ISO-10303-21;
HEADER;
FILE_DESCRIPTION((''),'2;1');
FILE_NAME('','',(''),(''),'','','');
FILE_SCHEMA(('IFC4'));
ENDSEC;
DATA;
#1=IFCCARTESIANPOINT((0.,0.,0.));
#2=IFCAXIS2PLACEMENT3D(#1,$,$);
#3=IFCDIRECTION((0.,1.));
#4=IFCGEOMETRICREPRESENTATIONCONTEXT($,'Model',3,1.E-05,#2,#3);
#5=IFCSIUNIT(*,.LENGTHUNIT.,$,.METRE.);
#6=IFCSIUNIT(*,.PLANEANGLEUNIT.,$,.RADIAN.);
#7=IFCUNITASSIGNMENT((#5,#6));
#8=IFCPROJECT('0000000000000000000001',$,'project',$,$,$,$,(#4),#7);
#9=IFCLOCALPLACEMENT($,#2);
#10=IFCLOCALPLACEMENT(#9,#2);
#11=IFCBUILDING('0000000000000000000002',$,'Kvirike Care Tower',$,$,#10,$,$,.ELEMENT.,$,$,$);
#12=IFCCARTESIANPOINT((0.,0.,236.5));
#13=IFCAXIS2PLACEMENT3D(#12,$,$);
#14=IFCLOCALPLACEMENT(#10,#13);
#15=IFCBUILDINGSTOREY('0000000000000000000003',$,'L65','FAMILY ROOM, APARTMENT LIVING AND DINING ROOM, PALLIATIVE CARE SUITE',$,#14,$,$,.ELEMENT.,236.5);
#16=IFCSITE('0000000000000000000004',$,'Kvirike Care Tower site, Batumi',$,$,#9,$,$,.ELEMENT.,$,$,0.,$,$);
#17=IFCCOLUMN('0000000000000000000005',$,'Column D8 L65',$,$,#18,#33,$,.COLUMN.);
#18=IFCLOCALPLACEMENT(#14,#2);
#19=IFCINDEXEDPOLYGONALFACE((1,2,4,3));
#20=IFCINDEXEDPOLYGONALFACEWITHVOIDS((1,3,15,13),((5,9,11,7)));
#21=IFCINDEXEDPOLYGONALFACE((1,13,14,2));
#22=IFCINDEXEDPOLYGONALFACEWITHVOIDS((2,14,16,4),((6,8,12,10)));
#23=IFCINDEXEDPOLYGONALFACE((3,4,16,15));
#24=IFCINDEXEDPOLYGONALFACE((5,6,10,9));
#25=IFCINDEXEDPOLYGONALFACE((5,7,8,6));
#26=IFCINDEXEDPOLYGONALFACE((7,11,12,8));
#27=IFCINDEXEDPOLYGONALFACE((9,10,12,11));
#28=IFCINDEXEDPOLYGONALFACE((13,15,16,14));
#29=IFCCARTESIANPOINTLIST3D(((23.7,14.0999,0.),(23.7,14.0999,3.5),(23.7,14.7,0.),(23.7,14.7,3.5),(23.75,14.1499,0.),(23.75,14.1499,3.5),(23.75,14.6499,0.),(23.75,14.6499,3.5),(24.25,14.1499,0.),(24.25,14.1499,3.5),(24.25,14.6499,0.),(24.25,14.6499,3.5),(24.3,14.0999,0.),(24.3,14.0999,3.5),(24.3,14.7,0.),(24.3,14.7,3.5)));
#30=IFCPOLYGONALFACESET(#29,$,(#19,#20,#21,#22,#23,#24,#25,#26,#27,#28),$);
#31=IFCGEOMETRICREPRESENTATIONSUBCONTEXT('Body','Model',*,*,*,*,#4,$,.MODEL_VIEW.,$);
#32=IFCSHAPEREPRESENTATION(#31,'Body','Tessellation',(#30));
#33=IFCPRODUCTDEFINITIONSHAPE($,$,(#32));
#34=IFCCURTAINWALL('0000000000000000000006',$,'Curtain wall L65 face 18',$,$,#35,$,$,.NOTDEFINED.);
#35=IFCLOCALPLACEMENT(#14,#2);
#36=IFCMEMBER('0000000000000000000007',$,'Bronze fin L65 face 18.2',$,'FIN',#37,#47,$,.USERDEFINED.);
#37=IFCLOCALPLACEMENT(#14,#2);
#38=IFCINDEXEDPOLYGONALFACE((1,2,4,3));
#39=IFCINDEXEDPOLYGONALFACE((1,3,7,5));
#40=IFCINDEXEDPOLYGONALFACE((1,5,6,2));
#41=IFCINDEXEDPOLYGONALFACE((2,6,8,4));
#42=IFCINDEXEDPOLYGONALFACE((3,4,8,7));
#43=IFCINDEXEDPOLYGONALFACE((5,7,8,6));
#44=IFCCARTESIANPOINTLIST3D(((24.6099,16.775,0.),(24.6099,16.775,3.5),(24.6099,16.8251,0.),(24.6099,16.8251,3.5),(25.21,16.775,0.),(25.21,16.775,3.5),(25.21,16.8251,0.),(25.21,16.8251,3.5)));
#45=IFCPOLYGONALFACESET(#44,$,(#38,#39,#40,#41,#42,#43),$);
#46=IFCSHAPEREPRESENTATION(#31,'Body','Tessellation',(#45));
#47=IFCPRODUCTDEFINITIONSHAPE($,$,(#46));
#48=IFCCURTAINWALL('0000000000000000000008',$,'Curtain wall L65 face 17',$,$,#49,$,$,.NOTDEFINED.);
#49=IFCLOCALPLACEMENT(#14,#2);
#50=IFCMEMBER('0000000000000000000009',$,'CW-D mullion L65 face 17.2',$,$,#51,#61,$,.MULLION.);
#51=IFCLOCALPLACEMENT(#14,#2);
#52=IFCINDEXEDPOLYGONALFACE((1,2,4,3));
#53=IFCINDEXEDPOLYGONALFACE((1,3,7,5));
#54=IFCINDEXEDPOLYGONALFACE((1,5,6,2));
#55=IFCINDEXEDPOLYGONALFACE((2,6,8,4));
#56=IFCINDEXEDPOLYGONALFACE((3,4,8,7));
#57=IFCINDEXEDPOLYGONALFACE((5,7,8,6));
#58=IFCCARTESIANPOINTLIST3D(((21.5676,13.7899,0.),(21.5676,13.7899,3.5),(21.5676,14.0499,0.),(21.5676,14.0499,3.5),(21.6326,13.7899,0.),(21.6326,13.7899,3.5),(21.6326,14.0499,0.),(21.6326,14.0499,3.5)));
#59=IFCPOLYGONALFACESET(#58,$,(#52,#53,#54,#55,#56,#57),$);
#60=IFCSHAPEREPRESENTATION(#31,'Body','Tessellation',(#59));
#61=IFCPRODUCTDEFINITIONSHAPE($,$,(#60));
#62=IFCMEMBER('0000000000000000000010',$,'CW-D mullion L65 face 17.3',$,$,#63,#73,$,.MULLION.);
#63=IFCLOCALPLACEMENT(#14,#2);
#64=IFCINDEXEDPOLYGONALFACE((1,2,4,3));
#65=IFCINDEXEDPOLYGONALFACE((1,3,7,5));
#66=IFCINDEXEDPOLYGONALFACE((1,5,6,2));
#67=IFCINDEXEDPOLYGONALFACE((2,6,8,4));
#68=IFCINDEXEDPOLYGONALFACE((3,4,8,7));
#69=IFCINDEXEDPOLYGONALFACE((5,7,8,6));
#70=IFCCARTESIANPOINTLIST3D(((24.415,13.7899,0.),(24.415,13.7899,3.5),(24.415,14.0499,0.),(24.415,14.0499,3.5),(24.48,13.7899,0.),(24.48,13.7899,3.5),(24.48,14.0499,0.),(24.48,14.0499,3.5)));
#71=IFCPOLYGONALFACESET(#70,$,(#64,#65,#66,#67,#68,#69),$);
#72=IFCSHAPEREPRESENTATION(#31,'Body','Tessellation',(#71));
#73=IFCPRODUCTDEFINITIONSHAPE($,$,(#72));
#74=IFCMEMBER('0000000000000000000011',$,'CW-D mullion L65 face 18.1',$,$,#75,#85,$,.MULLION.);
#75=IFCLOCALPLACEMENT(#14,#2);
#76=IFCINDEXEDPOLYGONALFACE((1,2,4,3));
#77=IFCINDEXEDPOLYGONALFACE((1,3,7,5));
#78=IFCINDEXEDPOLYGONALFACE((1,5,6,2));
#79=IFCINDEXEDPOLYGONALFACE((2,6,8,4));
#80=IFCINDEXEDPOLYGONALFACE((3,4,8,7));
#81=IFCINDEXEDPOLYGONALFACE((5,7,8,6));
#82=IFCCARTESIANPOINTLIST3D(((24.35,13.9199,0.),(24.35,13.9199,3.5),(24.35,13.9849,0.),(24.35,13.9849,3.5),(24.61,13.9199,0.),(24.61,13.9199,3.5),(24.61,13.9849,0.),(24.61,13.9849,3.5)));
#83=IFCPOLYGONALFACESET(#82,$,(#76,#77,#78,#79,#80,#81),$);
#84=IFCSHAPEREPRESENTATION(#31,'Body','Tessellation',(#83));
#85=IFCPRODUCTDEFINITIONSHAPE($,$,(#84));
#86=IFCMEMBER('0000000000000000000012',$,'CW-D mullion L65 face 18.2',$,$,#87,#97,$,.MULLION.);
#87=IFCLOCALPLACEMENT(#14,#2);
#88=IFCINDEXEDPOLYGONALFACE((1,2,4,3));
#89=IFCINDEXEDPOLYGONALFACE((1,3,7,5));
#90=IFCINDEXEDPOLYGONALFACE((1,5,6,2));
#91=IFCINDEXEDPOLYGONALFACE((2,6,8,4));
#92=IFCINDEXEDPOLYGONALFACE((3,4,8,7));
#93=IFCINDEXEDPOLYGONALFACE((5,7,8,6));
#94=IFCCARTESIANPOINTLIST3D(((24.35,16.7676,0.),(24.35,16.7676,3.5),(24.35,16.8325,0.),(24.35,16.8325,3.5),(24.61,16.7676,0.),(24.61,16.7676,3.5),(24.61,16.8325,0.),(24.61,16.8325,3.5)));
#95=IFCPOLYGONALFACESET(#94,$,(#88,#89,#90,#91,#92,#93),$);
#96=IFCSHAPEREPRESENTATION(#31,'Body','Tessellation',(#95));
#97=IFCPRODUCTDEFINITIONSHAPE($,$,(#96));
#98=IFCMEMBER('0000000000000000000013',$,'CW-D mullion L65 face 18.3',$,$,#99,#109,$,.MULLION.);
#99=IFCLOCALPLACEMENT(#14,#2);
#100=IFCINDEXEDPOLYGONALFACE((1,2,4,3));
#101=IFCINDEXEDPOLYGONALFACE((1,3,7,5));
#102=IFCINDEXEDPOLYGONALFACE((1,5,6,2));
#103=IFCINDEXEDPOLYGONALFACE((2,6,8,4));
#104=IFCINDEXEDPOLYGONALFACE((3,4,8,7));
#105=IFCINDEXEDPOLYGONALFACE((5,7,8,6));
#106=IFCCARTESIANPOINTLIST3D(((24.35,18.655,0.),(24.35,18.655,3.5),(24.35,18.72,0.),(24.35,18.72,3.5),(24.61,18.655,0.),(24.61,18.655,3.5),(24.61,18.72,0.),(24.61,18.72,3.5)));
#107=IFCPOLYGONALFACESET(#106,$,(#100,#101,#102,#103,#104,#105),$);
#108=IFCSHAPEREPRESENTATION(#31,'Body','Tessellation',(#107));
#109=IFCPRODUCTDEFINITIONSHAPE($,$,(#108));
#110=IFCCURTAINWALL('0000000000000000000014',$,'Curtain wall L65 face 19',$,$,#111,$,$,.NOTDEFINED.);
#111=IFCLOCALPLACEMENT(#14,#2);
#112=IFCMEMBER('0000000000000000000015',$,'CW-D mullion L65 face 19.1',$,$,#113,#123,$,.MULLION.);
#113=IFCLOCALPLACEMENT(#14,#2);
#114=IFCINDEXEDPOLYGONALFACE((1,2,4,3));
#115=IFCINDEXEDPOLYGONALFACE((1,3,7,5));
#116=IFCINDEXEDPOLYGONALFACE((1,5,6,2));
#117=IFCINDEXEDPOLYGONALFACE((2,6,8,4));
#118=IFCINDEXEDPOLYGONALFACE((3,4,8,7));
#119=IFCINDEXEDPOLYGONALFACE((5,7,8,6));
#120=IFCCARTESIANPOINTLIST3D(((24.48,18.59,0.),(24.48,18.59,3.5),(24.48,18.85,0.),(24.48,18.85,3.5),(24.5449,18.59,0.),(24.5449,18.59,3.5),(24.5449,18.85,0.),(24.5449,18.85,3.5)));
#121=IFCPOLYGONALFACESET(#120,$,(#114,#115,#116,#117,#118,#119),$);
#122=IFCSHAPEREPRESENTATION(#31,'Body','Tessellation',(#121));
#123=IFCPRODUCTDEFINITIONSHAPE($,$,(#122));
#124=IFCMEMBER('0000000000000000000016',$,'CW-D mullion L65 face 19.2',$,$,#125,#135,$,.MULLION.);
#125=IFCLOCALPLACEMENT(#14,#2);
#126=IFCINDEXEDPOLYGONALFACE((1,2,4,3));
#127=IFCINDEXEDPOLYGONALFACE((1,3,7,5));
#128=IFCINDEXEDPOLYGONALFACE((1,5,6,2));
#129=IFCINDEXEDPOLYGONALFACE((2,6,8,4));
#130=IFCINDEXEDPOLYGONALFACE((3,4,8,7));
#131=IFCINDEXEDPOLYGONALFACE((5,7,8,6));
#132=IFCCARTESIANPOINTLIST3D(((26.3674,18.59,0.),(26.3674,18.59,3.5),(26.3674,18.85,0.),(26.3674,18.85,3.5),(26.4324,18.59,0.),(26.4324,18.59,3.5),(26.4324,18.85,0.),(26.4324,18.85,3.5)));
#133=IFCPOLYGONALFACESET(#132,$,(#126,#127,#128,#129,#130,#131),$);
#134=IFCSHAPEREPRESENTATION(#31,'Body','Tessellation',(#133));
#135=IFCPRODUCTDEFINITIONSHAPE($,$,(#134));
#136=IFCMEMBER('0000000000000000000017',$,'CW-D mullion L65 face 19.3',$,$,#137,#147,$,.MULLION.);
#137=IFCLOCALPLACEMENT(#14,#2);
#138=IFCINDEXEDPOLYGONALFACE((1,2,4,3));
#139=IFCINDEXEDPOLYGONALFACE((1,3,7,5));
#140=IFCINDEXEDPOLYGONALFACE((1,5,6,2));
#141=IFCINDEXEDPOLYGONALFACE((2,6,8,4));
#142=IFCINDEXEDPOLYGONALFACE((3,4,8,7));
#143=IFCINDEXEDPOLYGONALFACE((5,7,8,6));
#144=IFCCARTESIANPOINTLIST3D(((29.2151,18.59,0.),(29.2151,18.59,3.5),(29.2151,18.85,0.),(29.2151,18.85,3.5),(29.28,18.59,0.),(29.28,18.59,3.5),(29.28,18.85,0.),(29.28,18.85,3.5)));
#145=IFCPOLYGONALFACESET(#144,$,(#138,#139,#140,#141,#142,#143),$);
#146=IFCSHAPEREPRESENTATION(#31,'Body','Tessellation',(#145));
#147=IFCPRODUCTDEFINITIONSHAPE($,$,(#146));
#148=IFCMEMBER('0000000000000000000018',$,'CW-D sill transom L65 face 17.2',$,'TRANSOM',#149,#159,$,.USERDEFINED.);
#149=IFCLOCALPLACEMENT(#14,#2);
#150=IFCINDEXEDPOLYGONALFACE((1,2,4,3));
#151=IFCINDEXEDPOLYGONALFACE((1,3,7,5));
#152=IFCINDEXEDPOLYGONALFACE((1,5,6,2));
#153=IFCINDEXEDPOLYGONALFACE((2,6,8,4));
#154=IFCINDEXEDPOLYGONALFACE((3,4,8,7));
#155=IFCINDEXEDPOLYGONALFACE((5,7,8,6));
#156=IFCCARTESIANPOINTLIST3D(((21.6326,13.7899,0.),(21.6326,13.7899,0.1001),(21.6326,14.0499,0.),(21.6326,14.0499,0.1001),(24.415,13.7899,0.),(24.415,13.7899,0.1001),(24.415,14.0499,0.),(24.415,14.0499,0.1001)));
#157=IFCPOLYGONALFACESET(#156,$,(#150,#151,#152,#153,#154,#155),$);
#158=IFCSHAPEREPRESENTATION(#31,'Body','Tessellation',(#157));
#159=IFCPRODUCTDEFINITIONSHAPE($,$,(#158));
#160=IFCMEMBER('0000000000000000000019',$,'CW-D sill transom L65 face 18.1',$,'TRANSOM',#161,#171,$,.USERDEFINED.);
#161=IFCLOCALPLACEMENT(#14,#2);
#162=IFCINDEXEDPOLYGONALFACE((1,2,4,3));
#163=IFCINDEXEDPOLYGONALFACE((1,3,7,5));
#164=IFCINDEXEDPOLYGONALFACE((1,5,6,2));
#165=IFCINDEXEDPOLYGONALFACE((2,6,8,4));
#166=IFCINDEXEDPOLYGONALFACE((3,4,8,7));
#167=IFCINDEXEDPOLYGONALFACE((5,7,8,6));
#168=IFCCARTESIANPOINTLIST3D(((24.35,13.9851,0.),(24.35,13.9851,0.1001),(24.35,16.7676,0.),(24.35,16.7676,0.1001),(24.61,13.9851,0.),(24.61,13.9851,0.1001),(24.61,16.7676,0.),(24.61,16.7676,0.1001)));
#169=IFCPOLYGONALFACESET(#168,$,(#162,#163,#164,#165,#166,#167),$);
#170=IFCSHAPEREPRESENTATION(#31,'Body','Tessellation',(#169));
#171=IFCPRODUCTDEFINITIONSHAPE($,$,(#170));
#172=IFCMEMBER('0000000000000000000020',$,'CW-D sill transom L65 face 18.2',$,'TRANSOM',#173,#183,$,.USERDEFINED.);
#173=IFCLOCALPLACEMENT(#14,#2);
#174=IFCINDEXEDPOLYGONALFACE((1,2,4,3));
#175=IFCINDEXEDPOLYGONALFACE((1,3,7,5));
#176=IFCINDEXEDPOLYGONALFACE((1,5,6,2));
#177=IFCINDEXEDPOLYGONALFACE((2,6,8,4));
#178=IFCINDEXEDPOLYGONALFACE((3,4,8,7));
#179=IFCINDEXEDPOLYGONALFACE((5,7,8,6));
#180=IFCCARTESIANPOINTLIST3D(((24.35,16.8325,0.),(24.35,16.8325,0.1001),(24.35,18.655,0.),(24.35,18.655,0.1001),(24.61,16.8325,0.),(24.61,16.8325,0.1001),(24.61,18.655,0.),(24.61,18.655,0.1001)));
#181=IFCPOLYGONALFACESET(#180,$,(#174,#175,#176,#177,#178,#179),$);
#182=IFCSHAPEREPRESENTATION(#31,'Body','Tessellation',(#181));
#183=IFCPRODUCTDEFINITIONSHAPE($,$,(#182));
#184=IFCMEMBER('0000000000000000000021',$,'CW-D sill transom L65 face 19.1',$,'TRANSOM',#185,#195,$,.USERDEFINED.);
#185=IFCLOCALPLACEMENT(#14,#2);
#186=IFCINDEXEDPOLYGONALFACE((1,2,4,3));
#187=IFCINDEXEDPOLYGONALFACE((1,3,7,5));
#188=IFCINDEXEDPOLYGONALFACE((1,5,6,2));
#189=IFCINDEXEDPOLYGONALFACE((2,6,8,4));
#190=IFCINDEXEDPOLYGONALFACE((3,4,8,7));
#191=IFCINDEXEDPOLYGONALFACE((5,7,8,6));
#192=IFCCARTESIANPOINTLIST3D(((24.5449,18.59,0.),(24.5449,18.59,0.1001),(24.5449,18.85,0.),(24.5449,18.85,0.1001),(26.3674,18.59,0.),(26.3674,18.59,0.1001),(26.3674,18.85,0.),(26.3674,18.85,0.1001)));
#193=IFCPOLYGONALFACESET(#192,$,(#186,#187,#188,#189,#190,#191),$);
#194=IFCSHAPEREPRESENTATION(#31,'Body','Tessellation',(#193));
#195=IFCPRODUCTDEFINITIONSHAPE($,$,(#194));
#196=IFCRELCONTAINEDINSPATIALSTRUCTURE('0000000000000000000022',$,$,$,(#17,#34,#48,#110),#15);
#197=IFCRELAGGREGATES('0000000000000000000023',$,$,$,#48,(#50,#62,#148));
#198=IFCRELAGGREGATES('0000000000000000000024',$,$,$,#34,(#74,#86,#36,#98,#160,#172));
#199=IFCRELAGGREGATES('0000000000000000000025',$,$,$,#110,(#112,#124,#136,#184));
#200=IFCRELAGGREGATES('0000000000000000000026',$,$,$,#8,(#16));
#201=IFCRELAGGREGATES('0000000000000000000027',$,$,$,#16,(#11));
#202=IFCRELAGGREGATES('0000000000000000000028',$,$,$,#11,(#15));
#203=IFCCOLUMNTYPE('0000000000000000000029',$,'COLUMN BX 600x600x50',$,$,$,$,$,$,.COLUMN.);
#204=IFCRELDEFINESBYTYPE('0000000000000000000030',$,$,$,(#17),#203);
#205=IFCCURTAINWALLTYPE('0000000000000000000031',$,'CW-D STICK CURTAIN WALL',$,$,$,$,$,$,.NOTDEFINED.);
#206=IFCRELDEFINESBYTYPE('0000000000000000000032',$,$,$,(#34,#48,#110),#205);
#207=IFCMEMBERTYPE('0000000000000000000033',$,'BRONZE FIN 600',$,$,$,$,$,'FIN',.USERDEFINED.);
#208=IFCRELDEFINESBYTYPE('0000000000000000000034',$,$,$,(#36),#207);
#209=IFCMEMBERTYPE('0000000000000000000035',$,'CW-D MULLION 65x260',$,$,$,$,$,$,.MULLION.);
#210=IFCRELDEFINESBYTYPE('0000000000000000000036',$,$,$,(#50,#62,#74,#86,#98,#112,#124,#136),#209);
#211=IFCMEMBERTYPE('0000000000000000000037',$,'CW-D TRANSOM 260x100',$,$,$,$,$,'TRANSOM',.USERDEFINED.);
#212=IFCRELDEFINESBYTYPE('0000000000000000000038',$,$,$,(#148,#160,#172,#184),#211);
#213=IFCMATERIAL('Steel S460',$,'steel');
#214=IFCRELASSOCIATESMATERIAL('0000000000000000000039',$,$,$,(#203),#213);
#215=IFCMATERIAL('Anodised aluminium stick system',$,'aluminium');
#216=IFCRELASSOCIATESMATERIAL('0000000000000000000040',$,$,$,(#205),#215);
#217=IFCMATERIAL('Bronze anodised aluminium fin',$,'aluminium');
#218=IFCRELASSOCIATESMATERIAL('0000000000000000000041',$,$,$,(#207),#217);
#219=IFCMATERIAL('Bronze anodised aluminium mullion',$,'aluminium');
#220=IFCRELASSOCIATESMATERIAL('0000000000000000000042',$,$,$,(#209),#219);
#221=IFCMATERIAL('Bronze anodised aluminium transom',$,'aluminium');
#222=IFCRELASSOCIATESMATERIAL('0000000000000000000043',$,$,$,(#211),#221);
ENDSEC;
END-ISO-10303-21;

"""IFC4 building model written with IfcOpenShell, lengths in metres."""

from ifc_helpers import new_model, si_unit, direction, frame, origin, origin_2d, place, context, subcontext, project, spatial, rectangle, hollow_rectangle, extrude, material, material_profile, profile_set, type_object, element, aggregate, save


model = new_model("IFC4")

# Units and contexts
model_context = context("Model", 3, precision=1e-05, world=origin(), true_north=direction((0.0, 1.0)))
body_context = subcontext(model_context, "Body", "Model", "MODEL_VIEW")
ifc_project = project(units=[si_unit("LENGTHUNIT", "METRE"), si_unit("PLANEANGLEUNIT", "RADIAN")], contexts=[model_context])

# Site, building, storey
site_placement = place(None, origin())
site = spatial("IfcSite", under=ifc_project, at=site_placement, Name="Kvirike Care Tower site, Batumi", CompositionType="ELEMENT", RefElevation=0.0)
building_placement = place(site_placement, origin())
building = spatial("IfcBuilding", under=site, at=building_placement, Name="Kvirike Care Tower", CompositionType="ELEMENT")
storey_placement = place(building_placement, frame((0.0, 0.0, 236.5)))
storey = spatial("IfcBuildingStorey", under=building, at=storey_placement, Name="L65", Description="FAMILY ROOM, APARTMENT LIVING AND DINING ROOM, PALLIATIVE CARE SUITE", CompositionType="ELEMENT", Elevation=236.5)

# Column
ifc_material_1 = material(Name="Steel S460", Category="steel")
ifc_material_profile_1 = material_profile(ifc_material_1, hollow_rectangle(XDim=0.6001, YDim=0.6001, WallThickness=0.05, at=origin_2d()), Name="BX 600x600x50")
ifc_profile_set_1 = profile_set([ifc_material_profile_1], Name="Steel S460")
column_type = type_object("IfcColumnType", Name="COLUMN BX 600x600x50", PredefinedType="COLUMN", material=ifc_profile_set_1)
column_placement = place(storey_placement, frame((24.0, 14.3999, 0.0), z_axis=(0.0, 0.0, 1.0), x_axis=(0.0, 1.0, 0.0)))
element("IfcColumn", 1, at=column_placement, inside=storey, type_object=column_type, Name="Column D8 L65", PredefinedType="COLUMN", context=body_context, shape_type="SweptSolid", body=[
    extrude(hollow_rectangle(XDim=0.6001, YDim=0.6001, WallThickness=0.05, at=origin_2d()), origin(), (0.0, 0.0, 1.0), 3.5),
])

# Curtain wall, member
ifc_material_2 = material(Name="Anodised aluminium stick system", Category="aluminium")
curtain_wall_type = type_object("IfcCurtainWallType", Name="CW-D STICK CURTAIN WALL", PredefinedType="NOTDEFINED", material=ifc_material_2)
curtain_wall_1_placement = place(storey_placement, origin())
curtain_wall_1 = element("IfcCurtainWall", 2, at=curtain_wall_1_placement, inside=storey, type_object=curtain_wall_type, Name="Curtain wall L65 face 18", PredefinedType="NOTDEFINED")
ifc_material_3 = material(Name="Bronze anodised aluminium fin", Category="aluminium")
ifc_material_profile_2 = material_profile(ifc_material_3, rectangle(XDim=0.05, YDim=0.6001, at=origin_2d()), Name="BRONZE FIN 600")
ifc_profile_set_2 = profile_set([ifc_material_profile_2], Name="Bronze anodised aluminium fin")
member_type_1 = type_object("IfcMemberType", Name="BRONZE FIN 600", ElementType="FIN", PredefinedType="USERDEFINED", material=ifc_profile_set_2)
member_1_placement = place(storey_placement, frame((24.9099, 16.8, 0.0), z_axis=(0.0, 0.0, 1.0), x_axis=(0.0, 1.0, 0.0)))
member_1 = element("IfcMember", 3, at=member_1_placement, type_object=member_type_1, Name="Bronze fin L65 face 18.2", ObjectType="FIN", PredefinedType="USERDEFINED", context=body_context, shape_type="SweptSolid", body=[
    extrude(rectangle(XDim=0.05, YDim=0.6001, at=origin_2d()), origin(), (0.0, 0.0, 1.0), 3.5),
])

# Curtain wall, members
curtain_wall_2_placement = place(storey_placement, origin())
curtain_wall_2 = element("IfcCurtainWall", 4, at=curtain_wall_2_placement, inside=storey, type_object=curtain_wall_type, Name="Curtain wall L65 face 17", PredefinedType="NOTDEFINED")
ifc_material_4 = material(Name="Bronze anodised aluminium mullion", Category="aluminium")
ifc_material_profile_3 = material_profile(ifc_material_4, rectangle(XDim=0.0649, YDim=0.26, at=origin_2d()), Name="CW-D MULLION 65x260")
ifc_profile_set_3 = profile_set([ifc_material_profile_3], Name="Bronze anodised aluminium mullion")
member_type_2 = type_object("IfcMemberType", Name="CW-D MULLION 65x260", PredefinedType="MULLION", material=ifc_profile_set_3)
member_2_placement = place(storey_placement, frame((21.6001, 13.9199, 0.0), z_axis=(0.0, 0.0, 1.0), x_axis=(1.0, 0.0, 0.0)))
member_2 = element("IfcMember", 5, at=member_2_placement, type_object=member_type_2, Name="CW-D mullion L65 face 17.2", PredefinedType="MULLION", context=body_context, shape_type="SweptSolid", body=[
    extrude(rectangle(XDim=0.0649, YDim=0.26, at=origin_2d()), origin(), (0.0, 0.0, 1.0), 3.5),
])
member_3_placement = place(storey_placement, frame((24.4475, 13.9199, 0.0), z_axis=(0.0, 0.0, 1.0), x_axis=(1.0, 0.0, 0.0)))
member_3 = element("IfcMember", 6, at=member_3_placement, type_object=member_type_2, Name="CW-D mullion L65 face 17.3", PredefinedType="MULLION", context=body_context, shape_type="SweptSolid", body=[
    extrude(rectangle(XDim=0.0649, YDim=0.26, at=origin_2d()), origin(), (0.0, 0.0, 1.0), 3.5),
])

# Members
member_4_placement = place(storey_placement, frame((24.48, 13.9524, 0.0), z_axis=(0.0, 0.0, 1.0), x_axis=(0.0, 1.0, 0.0)))
member_4 = element("IfcMember", 7, at=member_4_placement, type_object=member_type_2, Name="CW-D mullion L65 face 18.1", PredefinedType="MULLION", context=body_context, shape_type="SweptSolid", body=[
    extrude(rectangle(XDim=0.0649, YDim=0.26, at=origin_2d()), origin(), (0.0, 0.0, 1.0), 3.5),
])
member_5_placement = place(storey_placement, frame((24.48, 16.8, 0.0), z_axis=(0.0, 0.0, 1.0), x_axis=(0.0, 1.0, 0.0)))
member_5 = element("IfcMember", 8, at=member_5_placement, type_object=member_type_2, Name="CW-D mullion L65 face 18.2", PredefinedType="MULLION", context=body_context, shape_type="SweptSolid", body=[
    extrude(rectangle(XDim=0.0649, YDim=0.26, at=origin_2d()), origin(), (0.0, 0.0, 1.0), 3.5),
])
member_6_placement = place(storey_placement, frame((24.48, 18.6875, 0.0), z_axis=(0.0, 0.0, 1.0), x_axis=(0.0, 1.0, 0.0)))
member_6 = element("IfcMember", 9, at=member_6_placement, type_object=member_type_2, Name="CW-D mullion L65 face 18.3", PredefinedType="MULLION", context=body_context, shape_type="SweptSolid", body=[
    extrude(rectangle(XDim=0.0649, YDim=0.26, at=origin_2d()), origin(), (0.0, 0.0, 1.0), 3.5),
])

# Curtain wall, members
curtain_wall_3_placement = place(storey_placement, origin())
curtain_wall_3 = element("IfcCurtainWall", 10, at=curtain_wall_3_placement, inside=storey, type_object=curtain_wall_type, Name="Curtain wall L65 face 19", PredefinedType="NOTDEFINED")
member_7_placement = place(storey_placement, frame((24.5125, 18.72, 0.0), z_axis=(0.0, 0.0, 1.0), x_axis=(1.0, 0.0, 0.0)))
member_7 = element("IfcMember", 11, at=member_7_placement, type_object=member_type_2, Name="CW-D mullion L65 face 19.1", PredefinedType="MULLION", context=body_context, shape_type="SweptSolid", body=[
    extrude(rectangle(XDim=0.0649, YDim=0.26, at=origin_2d()), origin(), (0.0, 0.0, 1.0), 3.5),
])
member_8_placement = place(storey_placement, frame((26.3999, 18.72, 0.0), z_axis=(0.0, 0.0, 1.0), x_axis=(1.0, 0.0, 0.0)))
member_8 = element("IfcMember", 12, at=member_8_placement, type_object=member_type_2, Name="CW-D mullion L65 face 19.2", PredefinedType="MULLION", context=body_context, shape_type="SweptSolid", body=[
    extrude(rectangle(XDim=0.0649, YDim=0.26, at=origin_2d()), origin(), (0.0, 0.0, 1.0), 3.5),
])
member_9_placement = place(storey_placement, frame((29.2476, 18.72, 0.0), z_axis=(0.0, 0.0, 1.0), x_axis=(1.0, 0.0, 0.0)))
member_9 = element("IfcMember", 13, at=member_9_placement, type_object=member_type_2, Name="CW-D mullion L65 face 19.3", PredefinedType="MULLION", context=body_context, shape_type="SweptSolid", body=[
    extrude(rectangle(XDim=0.0649, YDim=0.26, at=origin_2d()), origin(), (0.0, 0.0, 1.0), 3.5),
])

# Members
ifc_material_5 = material(Name="Bronze anodised aluminium transom", Category="aluminium")
ifc_material_profile_4 = material_profile(ifc_material_5, rectangle(XDim=0.26, YDim=0.1001, at=origin_2d()), Name="CW-D TRANSOM 260x100")
ifc_profile_set_4 = profile_set([ifc_material_profile_4], Name="Bronze anodised aluminium transom")
member_type_3 = type_object("IfcMemberType", Name="CW-D TRANSOM 260x100", ElementType="TRANSOM", PredefinedType="USERDEFINED", material=ifc_profile_set_4)
member_10_placement = place(storey_placement, frame((21.6326, 13.9199, 0.05), z_axis=(1.0, 0.0, 0.0), x_axis=(0.0, 1.0, 0.0)))
member_10 = element("IfcMember", 14, at=member_10_placement, type_object=member_type_3, Name="CW-D sill transom L65 face 17.2", ObjectType="TRANSOM", PredefinedType="USERDEFINED", context=body_context, shape_type="SweptSolid", body=[
    extrude(rectangle(XDim=0.26, YDim=0.1001, at=origin_2d()), origin(), (0.0, 0.0, 1.0), 2.7825),
])
member_11_placement = place(storey_placement, frame((24.48, 13.9851, 0.05), z_axis=(0.0, 1.0, 0.0), x_axis=(-1.0, 0.0, 0.0)))
member_11 = element("IfcMember", 15, at=member_11_placement, type_object=member_type_3, Name="CW-D sill transom L65 face 18.1", ObjectType="TRANSOM", PredefinedType="USERDEFINED", context=body_context, shape_type="SweptSolid", body=[
    extrude(rectangle(XDim=0.26, YDim=0.1001, at=origin_2d()), origin(), (0.0, 0.0, 1.0), 2.7825),
])
member_12_placement = place(storey_placement, frame((24.48, 16.8325, 0.05), z_axis=(0.0, 1.0, 0.0), x_axis=(-1.0, 0.0, 0.0)))
member_12 = element("IfcMember", 16, at=member_12_placement, type_object=member_type_3, Name="CW-D sill transom L65 face 18.2", ObjectType="TRANSOM", PredefinedType="USERDEFINED", context=body_context, shape_type="SweptSolid", body=[
    extrude(rectangle(XDim=0.26, YDim=0.1001, at=origin_2d()), origin(), (0.0, 0.0, 1.0), 1.8225),
])
member_13_placement = place(storey_placement, frame((24.5449, 18.72, 0.05), z_axis=(1.0, 0.0, 0.0), x_axis=(0.0, 1.0, 0.0)))
member_13 = element("IfcMember", 17, at=member_13_placement, type_object=member_type_3, Name="CW-D sill transom L65 face 19.1", ObjectType="TRANSOM", PredefinedType="USERDEFINED", context=body_context, shape_type="SweptSolid", body=[
    extrude(rectangle(XDim=0.26, YDim=0.1001, at=origin_2d()), origin(), (0.0, 0.0, 1.0), 1.8225),
])

aggregate(curtain_wall_2, [member_2, member_3, member_10])
aggregate(curtain_wall_1, [member_4, member_5, member_1, member_6, member_11, member_12])
aggregate(curtain_wall_3, [member_7, member_8, member_9, member_13])

save(model, "model.ifc")
